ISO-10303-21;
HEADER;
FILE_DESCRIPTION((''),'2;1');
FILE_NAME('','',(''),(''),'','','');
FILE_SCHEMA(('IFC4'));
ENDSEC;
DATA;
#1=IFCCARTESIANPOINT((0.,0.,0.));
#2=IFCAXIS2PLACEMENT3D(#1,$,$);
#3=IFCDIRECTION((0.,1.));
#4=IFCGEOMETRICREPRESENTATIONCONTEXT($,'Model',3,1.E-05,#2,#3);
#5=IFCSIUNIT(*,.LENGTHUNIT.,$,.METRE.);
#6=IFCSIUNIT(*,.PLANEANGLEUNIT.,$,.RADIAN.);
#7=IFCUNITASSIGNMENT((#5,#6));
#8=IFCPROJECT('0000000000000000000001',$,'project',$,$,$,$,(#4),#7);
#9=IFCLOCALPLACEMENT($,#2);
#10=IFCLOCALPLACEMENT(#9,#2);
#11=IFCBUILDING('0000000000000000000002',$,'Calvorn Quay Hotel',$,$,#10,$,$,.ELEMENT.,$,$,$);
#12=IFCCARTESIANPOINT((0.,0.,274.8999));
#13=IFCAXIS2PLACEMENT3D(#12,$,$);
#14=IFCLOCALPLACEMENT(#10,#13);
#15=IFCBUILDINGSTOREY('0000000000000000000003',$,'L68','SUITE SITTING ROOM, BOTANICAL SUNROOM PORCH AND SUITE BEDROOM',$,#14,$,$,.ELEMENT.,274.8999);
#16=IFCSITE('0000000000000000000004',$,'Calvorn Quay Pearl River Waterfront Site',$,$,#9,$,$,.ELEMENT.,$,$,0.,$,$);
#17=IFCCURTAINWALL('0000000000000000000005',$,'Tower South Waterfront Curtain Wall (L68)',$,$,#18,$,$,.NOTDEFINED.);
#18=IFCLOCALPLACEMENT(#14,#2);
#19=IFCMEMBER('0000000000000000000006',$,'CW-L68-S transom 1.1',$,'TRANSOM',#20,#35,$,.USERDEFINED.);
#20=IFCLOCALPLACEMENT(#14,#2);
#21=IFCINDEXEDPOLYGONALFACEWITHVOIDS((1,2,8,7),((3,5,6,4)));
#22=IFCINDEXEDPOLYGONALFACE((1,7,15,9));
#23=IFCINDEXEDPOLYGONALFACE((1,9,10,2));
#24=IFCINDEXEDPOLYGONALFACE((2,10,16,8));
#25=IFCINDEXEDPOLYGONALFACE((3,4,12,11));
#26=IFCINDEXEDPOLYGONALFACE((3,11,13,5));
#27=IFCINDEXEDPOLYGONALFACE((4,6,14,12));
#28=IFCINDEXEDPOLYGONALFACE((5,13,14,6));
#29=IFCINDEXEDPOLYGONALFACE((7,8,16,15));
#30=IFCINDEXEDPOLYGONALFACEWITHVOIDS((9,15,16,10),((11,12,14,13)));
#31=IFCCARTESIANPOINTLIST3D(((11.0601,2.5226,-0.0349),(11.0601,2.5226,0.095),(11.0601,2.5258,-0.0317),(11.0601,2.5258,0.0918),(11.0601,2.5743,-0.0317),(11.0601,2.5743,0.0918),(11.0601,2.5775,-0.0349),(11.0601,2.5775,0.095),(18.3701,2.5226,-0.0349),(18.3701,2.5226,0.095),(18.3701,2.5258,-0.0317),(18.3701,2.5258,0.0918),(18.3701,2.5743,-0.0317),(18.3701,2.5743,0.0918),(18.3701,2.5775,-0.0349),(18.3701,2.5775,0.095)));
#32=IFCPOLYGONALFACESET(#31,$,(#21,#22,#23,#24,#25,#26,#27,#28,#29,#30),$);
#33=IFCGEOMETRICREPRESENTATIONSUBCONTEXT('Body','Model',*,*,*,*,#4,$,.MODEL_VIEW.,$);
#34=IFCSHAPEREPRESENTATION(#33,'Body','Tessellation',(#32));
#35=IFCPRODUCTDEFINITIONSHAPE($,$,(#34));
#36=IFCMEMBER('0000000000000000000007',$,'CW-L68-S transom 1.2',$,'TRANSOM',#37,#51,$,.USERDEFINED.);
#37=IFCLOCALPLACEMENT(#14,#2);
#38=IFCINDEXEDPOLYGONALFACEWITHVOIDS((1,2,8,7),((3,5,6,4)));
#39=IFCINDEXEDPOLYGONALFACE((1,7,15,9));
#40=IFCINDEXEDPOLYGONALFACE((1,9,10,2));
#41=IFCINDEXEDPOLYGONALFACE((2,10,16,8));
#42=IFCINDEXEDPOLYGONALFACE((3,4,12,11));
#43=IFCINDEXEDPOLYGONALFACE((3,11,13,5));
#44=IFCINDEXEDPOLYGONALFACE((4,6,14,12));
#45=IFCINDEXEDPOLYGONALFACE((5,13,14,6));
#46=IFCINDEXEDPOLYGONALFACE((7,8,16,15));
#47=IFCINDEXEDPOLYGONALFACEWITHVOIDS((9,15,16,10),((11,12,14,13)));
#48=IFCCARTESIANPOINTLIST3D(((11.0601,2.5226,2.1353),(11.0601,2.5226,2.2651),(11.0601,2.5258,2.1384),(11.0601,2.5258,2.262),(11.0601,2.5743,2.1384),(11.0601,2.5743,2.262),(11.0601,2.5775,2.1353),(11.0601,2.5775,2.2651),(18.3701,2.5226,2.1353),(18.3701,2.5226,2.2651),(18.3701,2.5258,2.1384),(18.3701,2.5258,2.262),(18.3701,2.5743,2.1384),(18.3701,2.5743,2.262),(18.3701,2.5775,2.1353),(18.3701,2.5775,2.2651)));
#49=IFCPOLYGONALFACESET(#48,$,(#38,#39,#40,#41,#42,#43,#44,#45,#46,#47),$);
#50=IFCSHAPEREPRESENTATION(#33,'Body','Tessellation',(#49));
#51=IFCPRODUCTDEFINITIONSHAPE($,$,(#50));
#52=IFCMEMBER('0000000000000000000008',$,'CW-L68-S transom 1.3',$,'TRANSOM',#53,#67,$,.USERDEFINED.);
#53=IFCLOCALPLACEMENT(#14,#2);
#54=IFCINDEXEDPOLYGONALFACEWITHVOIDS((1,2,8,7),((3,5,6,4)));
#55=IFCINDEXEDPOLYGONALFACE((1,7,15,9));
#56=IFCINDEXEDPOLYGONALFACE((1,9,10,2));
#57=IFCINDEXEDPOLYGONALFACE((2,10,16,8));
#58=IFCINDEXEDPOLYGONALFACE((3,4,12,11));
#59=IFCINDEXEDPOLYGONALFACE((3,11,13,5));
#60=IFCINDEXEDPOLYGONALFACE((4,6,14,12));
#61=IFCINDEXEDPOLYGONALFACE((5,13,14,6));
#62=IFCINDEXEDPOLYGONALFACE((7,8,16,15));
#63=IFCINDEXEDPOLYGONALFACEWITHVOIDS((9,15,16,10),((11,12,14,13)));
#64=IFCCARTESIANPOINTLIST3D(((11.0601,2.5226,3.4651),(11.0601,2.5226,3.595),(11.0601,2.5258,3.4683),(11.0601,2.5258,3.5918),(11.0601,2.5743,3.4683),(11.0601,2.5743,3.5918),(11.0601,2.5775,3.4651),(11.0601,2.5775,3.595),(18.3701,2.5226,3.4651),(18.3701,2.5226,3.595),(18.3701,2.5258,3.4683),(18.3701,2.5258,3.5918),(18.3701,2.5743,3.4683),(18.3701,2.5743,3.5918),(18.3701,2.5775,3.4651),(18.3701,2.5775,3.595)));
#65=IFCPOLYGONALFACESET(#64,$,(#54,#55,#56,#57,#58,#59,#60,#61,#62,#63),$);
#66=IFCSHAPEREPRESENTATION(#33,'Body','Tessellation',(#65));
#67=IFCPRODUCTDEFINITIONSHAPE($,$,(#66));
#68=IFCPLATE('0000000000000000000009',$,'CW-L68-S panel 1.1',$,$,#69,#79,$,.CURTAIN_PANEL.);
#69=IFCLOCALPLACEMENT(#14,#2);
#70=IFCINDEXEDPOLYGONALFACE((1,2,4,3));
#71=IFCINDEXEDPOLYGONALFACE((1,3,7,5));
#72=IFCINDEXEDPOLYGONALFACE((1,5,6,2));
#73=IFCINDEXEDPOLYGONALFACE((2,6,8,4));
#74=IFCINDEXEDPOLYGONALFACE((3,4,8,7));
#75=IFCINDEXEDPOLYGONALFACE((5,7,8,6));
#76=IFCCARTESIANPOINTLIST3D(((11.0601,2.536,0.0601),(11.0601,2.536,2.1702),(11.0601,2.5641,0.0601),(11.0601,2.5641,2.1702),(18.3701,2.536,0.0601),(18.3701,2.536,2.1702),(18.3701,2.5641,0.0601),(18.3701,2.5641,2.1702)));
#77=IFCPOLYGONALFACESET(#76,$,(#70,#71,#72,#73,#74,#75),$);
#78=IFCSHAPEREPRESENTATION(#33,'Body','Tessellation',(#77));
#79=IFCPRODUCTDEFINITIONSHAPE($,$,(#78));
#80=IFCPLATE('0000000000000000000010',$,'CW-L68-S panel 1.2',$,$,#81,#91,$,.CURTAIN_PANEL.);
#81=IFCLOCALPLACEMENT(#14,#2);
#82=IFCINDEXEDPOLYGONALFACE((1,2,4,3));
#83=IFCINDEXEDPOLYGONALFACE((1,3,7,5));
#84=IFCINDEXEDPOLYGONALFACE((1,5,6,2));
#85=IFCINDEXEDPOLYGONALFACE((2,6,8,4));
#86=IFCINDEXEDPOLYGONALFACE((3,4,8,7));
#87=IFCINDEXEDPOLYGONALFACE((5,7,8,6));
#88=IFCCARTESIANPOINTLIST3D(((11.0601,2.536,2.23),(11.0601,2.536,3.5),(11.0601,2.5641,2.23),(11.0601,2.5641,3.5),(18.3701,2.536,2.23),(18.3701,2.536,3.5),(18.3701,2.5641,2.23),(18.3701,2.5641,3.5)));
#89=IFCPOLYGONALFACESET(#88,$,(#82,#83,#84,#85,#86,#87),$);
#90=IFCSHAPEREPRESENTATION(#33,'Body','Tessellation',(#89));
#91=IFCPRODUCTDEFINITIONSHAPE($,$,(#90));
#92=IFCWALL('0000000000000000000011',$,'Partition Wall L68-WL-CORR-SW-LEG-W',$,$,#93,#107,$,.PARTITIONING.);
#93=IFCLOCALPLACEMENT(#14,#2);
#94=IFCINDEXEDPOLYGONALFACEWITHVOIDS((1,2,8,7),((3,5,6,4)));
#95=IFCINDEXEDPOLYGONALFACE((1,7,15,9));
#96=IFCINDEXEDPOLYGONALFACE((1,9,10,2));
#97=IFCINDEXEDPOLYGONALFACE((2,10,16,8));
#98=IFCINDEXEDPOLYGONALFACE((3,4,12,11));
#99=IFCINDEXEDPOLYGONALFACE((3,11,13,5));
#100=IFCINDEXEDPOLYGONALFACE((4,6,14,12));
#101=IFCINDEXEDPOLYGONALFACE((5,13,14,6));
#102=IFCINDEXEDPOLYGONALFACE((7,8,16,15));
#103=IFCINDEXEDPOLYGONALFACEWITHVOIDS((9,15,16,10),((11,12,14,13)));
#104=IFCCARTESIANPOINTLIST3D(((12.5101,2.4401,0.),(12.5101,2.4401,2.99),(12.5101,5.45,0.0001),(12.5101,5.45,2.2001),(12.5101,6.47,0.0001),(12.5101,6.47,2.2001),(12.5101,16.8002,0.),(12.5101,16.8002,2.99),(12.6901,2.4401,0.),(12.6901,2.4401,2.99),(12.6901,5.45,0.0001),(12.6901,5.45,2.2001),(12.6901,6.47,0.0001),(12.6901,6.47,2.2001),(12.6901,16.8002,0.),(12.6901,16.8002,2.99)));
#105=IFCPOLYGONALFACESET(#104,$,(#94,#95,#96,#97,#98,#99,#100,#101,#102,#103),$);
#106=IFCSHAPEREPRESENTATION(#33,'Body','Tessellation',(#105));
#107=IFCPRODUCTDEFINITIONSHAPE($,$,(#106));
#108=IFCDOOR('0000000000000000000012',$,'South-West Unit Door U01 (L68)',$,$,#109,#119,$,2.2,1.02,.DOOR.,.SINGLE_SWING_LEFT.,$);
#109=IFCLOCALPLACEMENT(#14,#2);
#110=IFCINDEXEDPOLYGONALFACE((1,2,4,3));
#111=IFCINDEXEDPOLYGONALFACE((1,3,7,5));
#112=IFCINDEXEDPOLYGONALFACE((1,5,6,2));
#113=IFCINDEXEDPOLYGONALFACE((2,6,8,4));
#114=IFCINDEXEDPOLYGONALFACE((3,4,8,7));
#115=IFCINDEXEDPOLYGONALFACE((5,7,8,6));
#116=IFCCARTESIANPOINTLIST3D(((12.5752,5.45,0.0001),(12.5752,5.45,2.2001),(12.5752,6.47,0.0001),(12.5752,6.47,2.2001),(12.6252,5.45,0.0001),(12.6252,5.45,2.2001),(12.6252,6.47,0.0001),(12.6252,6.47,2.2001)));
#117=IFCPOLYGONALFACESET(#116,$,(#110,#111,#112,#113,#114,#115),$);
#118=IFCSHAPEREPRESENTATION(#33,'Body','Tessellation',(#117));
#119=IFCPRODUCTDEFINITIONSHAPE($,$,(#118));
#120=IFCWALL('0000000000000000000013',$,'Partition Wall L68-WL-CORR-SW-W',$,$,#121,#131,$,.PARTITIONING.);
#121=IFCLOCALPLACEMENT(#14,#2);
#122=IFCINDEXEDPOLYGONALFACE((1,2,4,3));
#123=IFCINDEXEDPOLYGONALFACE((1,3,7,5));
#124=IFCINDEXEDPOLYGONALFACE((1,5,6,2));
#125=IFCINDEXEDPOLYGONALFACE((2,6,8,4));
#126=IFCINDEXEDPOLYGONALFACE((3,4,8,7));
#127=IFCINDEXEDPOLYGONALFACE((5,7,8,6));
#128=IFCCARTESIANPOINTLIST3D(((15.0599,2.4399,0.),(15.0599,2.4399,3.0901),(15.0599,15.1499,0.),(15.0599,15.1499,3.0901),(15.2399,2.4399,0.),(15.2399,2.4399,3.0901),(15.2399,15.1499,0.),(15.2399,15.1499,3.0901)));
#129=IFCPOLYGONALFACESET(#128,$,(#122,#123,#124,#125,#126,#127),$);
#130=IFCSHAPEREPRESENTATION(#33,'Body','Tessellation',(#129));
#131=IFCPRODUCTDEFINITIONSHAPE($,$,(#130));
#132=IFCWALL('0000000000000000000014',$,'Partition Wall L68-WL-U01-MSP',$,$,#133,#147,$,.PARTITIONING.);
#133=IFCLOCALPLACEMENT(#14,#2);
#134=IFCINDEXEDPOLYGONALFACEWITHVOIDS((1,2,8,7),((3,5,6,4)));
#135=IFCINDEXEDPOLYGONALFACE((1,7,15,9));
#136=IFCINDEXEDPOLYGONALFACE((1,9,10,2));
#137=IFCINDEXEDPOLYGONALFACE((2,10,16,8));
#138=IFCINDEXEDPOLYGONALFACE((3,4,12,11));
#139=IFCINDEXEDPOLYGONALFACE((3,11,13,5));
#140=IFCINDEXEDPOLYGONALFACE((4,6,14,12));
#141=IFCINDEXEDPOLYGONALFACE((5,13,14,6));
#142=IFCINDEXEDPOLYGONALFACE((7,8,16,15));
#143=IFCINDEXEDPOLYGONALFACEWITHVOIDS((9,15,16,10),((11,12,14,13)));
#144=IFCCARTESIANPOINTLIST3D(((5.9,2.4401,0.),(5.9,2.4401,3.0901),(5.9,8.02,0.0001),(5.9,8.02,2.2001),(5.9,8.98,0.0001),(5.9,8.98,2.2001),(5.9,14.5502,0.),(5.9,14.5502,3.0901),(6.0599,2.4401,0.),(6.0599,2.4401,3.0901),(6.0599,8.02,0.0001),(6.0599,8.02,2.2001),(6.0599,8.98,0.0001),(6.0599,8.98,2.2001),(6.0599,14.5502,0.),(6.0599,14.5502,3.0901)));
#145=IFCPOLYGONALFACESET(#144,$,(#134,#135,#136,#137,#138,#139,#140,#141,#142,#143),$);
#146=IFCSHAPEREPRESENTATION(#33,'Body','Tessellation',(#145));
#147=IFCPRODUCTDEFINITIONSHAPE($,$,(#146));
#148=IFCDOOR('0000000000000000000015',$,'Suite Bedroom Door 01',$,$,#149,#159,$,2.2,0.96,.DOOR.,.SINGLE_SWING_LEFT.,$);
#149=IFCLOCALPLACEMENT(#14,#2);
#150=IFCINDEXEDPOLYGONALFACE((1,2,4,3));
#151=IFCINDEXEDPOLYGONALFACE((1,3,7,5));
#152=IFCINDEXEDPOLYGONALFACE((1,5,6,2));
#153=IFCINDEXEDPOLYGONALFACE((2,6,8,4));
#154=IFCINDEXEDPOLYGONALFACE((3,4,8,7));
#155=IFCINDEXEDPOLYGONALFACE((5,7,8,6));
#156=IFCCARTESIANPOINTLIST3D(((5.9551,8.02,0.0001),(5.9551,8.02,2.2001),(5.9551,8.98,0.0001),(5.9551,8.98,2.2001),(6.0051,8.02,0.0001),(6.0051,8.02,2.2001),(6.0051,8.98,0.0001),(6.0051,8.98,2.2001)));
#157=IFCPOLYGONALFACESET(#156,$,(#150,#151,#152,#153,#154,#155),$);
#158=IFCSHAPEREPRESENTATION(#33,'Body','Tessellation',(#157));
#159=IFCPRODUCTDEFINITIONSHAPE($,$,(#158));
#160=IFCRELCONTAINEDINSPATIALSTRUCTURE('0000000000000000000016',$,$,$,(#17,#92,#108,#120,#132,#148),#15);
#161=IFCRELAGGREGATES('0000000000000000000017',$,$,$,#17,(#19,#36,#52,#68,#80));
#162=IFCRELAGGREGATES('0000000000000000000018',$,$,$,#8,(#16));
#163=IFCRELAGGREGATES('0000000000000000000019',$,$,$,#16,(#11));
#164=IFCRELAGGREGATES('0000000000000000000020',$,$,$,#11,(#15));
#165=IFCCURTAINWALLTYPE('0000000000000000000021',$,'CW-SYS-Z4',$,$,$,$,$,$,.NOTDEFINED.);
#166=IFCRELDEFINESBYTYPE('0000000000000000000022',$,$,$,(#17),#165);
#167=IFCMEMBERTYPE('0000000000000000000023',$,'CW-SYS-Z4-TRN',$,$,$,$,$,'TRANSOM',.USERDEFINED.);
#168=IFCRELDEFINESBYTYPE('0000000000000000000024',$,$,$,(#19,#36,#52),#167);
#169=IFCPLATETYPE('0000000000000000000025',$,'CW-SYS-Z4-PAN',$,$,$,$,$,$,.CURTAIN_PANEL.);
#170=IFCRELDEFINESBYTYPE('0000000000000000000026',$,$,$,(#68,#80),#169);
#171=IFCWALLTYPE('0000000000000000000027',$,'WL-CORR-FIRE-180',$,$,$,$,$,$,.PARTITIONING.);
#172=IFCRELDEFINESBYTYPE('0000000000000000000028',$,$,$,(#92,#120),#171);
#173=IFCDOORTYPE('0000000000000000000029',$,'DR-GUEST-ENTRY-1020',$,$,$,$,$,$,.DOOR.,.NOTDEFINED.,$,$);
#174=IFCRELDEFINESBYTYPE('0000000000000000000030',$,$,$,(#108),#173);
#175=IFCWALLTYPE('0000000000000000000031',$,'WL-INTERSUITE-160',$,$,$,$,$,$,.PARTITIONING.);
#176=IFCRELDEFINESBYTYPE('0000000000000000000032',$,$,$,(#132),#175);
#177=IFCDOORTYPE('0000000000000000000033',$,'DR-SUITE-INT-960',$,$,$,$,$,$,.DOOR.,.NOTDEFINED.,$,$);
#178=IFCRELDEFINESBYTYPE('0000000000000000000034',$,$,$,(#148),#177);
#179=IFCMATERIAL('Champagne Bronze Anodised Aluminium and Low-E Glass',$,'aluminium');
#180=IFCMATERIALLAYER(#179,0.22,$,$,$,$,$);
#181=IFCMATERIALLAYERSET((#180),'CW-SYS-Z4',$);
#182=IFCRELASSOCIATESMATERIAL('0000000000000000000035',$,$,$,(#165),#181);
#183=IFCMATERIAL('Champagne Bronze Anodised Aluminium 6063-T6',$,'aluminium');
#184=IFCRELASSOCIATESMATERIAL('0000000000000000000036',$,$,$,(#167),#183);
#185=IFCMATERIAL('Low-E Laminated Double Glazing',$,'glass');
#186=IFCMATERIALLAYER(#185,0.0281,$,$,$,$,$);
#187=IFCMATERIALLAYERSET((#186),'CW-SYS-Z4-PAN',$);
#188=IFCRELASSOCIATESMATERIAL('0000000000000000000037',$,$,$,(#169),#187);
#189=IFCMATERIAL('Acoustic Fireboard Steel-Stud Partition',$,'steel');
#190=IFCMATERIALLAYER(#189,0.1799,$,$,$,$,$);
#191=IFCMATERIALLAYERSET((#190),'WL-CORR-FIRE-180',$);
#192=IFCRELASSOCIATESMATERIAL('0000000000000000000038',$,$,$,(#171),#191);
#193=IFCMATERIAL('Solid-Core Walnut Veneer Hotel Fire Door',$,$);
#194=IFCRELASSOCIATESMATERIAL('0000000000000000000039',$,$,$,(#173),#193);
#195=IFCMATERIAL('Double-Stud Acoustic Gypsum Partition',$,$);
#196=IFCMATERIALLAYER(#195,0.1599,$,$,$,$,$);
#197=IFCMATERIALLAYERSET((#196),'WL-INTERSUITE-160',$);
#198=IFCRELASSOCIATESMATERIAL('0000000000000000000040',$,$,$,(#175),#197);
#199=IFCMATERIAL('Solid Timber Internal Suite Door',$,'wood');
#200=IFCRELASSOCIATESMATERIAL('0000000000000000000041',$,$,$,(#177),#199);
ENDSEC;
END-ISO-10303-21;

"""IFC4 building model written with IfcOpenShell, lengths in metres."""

from ifc_helpers import new_model, si_unit, direction, frame, frame_2d, origin, origin_2d, place, context, subcontext, project, spatial, rectangle, hollow_rectangle, extrude, material, layer, layer_set, material_profile, profile_set, type_object, element, fill, aggregate, save


model = new_model("IFC4")

# Units and contexts
model_context = context("Model", 3, precision=1e-05, world=origin(), true_north=direction((0.0, 1.0)))
body_context = subcontext(model_context, "Body", "Model", "MODEL_VIEW")
ifc_project = project(units=[si_unit("LENGTHUNIT", "METRE"), si_unit("PLANEANGLEUNIT", "RADIAN")], contexts=[model_context])

# Site, building, storey
site_placement = place(None, origin())
site = spatial("IfcSite", under=ifc_project, at=site_placement, Name="Calvorn Quay Pearl River Waterfront Site", CompositionType="ELEMENT", RefElevation=0.0)
building_placement = place(site_placement, origin())
building = spatial("IfcBuilding", under=site, at=building_placement, Name="Calvorn Quay Hotel", CompositionType="ELEMENT")
storey_placement = place(building_placement, frame((0.0, 0.0, 274.8999)))
storey = spatial("IfcBuildingStorey", under=building, at=storey_placement, Name="L68", Description="SUITE SITTING ROOM, BOTANICAL SUNROOM PORCH AND SUITE BEDROOM", CompositionType="ELEMENT", Elevation=274.8999)

# Curtain wall, members, plates
ifc_material_1 = material(Name="Champagne Bronze Anodised Aluminium and Low-E Glass", Category="aluminium")
ifc_layer_1 = layer(ifc_material_1, 0.22)
ifc_layer_set_1 = layer_set([ifc_layer_1], Name="CW-SYS-Z4")
curtain_wall_type = type_object("IfcCurtainWallType", Name="CW-SYS-Z4", PredefinedType="NOTDEFINED", material=ifc_layer_set_1)
curtain_wall_placement = place(storey_placement, origin())
curtain_wall = element("IfcCurtainWall", 1, at=curtain_wall_placement, inside=storey, type_object=curtain_wall_type, Name="Tower South Waterfront Curtain Wall (L68)", PredefinedType="NOTDEFINED")
ifc_material_2 = material(Name="Champagne Bronze Anodised Aluminium 6063-T6", Category="aluminium")
ifc_material_profile_1 = material_profile(ifc_material_2, hollow_rectangle(XDim=0.0549, YDim=0.1299, WallThickness=0.0032, at=origin_2d()), Name="ALU-T130x55x3.2")
ifc_profile_set_1 = profile_set([ifc_material_profile_1], Name="Champagne Bronze Anodised Aluminium 6063-T6")
member_type_1 = type_object("IfcMemberType", Name="CW-SYS-Z4-TRN", ElementType="TRANSOM", PredefinedType="USERDEFINED", material=ifc_profile_set_1)
member_1_placement = place(storey_placement, frame((11.0601, 2.55, 0.03), z_axis=(1.0, 0.0, 0.0), x_axis=(0.0, 1.0, 0.0)))
member_1 = element("IfcMember", 2, at=member_1_placement, type_object=member_type_1, Name="CW-L68-S transom 1.1", ObjectType="TRANSOM", PredefinedType="USERDEFINED", context=body_context, shape_type="SweptSolid", body=[
    extrude(hollow_rectangle(XDim=0.0549, YDim=0.1299, WallThickness=0.0032, at=origin_2d()), origin(), (0.0, 0.0, 1.0), 7.3101),
])
member_2_placement = place(storey_placement, frame((11.0601, 2.55, 2.2002), z_axis=(1.0, 0.0, 0.0), x_axis=(0.0, 1.0, 0.0)))
member_2 = element("IfcMember", 3, at=member_2_placement, type_object=member_type_1, Name="CW-L68-S transom 1.2", ObjectType="TRANSOM", PredefinedType="USERDEFINED", context=body_context, shape_type="SweptSolid", body=[
    extrude(hollow_rectangle(XDim=0.0549, YDim=0.1299, WallThickness=0.0032, at=origin_2d()), origin(), (0.0, 0.0, 1.0), 7.3101),
])
member_3_placement = place(storey_placement, frame((11.0601, 2.55, 3.53), z_axis=(1.0, 0.0, 0.0), x_axis=(0.0, 1.0, 0.0)))
member_3 = element("IfcMember", 4, at=member_3_placement, type_object=member_type_1, Name="CW-L68-S transom 1.3", ObjectType="TRANSOM", PredefinedType="USERDEFINED", context=body_context, shape_type="SweptSolid", body=[
    extrude(hollow_rectangle(XDim=0.0549, YDim=0.1299, WallThickness=0.0032, at=origin_2d()), origin(), (0.0, 0.0, 1.0), 7.3101),
])
ifc_material_3 = material(Name="Low-E Laminated Double Glazing", Category="glass")
ifc_layer_2 = layer(ifc_material_3, 0.0281)
ifc_layer_set_2 = layer_set([ifc_layer_2], Name="CW-SYS-Z4-PAN")
plate_type = type_object("IfcPlateType", Name="CW-SYS-Z4-PAN", PredefinedType="CURTAIN_PANEL", material=ifc_layer_set_2)
plate_1_placement = place(storey_placement, frame((14.7151, 2.55, 0.0601), z_axis=(0.0, 0.0, 1.0), x_axis=(1.0, 0.0, 0.0)))
plate_1 = element("IfcPlate", 5, at=plate_1_placement, type_object=plate_type, Name="CW-L68-S panel 1.1", PredefinedType="CURTAIN_PANEL", context=body_context, shape_type="SweptSolid", body=[
    extrude(rectangle(XDim=7.3101, YDim=0.0281, at=origin_2d()), origin(), (0.0, 0.0, 1.0), 2.1101),
])
plate_2_placement = place(storey_placement, frame((14.7151, 2.55, 2.23), z_axis=(0.0, 0.0, 1.0), x_axis=(1.0, 0.0, 0.0)))
plate_2 = element("IfcPlate", 6, at=plate_2_placement, type_object=plate_type, Name="CW-L68-S panel 1.2", PredefinedType="CURTAIN_PANEL", context=body_context, shape_type="SweptSolid", body=[
    extrude(rectangle(XDim=7.3101, YDim=0.0281, at=origin_2d()), origin(), (0.0, 0.0, 1.0), 1.27),
])
aggregate(curtain_wall, [member_1, member_2, member_3, plate_1, plate_2])

# Wall, opening, door
ifc_material_4 = material(Name="Acoustic Fireboard Steel-Stud Partition", Category="steel")
ifc_layer_3 = layer(ifc_material_4, 0.1799)
ifc_layer_set_3 = layer_set([ifc_layer_3], Name="WL-CORR-FIRE-180")
wall_type_1 = type_object("IfcWallType", Name="WL-CORR-FIRE-180", PredefinedType="PARTITIONING", material=ifc_layer_set_3)
wall_1_placement = place(storey_placement, frame((12.6001, 2.4399, 0.0), z_axis=(0.0, 0.0, 1.0), x_axis=(0.0, 1.0, 0.0)))
wall_1 = element("IfcWall", 7, at=wall_1_placement, inside=storey, type_object=wall_type_1, Name="Partition Wall L68-WL-CORR-SW-LEG-W", PredefinedType="PARTITIONING", context=body_context, shape_type="SweptSolid", body=[
    extrude(rectangle(XDim=14.3601, YDim=0.1799, at=frame_2d((7.1802, 0.0))), origin(), (0.0, 0.0, 1.0), 2.99),
])
opening_1_placement = place(wall_1_placement, frame((3.01, 0.0, 0.0)))
opening_1 = element("IfcOpeningElement", 8, at=opening_1_placement, cuts=wall_1, PredefinedType="OPENING", context=body_context, shape_type="SweptSolid", body=[
    extrude(rectangle(XDim=1.02, YDim=2.2, at=frame_2d((0.51, 1.1001))), frame((0.0, 0.0999, 0.0), z_axis=(0.0, -1.0, 0.0), x_axis=(1.0, 0.0, 0.0)), (0.0, 0.0, 1.0), 0.2),
])
ifc_material_5 = material(Name="Solid-Core Walnut Veneer Hotel Fire Door")
door_type_1 = type_object("IfcDoorType", Name="DR-GUEST-ENTRY-1020", OperationType="NOTDEFINED", PredefinedType="DOOR", material=ifc_material_5)
door_1_placement = place(opening_1_placement, origin())
door_1 = element("IfcDoor", 9, at=door_1_placement, inside=storey, type_object=door_type_1, Name="South-West Unit Door U01 (L68)", OperationType="SINGLE_SWING_LEFT", OverallHeight=2.2, OverallWidth=1.02, PredefinedType="DOOR", context=body_context, shape_type="SweptSolid", body=[
    extrude(rectangle(XDim=1.02, YDim=2.2, at=frame_2d((0.51, 1.1001))), frame((0.0, 0.0249, 0.0), z_axis=(0.0, -1.0, 0.0), x_axis=(1.0, 0.0, 0.0)), (0.0, 0.0, 1.0), 0.05),
])
fill(opening_1, door_1)

# Wall
wall_2_placement = place(storey_placement, frame((15.1499, 2.4399, 0.0), z_axis=(0.0, 0.0, 1.0), x_axis=(0.0, 1.0, 0.0)))
element("IfcWall", 10, at=wall_2_placement, inside=storey, type_object=wall_type_1, Name="Partition Wall L68-WL-CORR-SW-W", PredefinedType="PARTITIONING", context=body_context, shape_type="SweptSolid", body=[
    extrude(rectangle(XDim=12.71, YDim=0.1799, at=frame_2d((6.355, 0.0))), origin(), (0.0, 0.0, 1.0), 3.0901),
])

# Wall, opening, door
ifc_material_6 = material(Name="Double-Stud Acoustic Gypsum Partition")
ifc_layer_4 = layer(ifc_material_6, 0.1599)
ifc_layer_set_4 = layer_set([ifc_layer_4], Name="WL-INTERSUITE-160")
wall_type_2 = type_object("IfcWallType", Name="WL-INTERSUITE-160", PredefinedType="PARTITIONING", material=ifc_layer_set_4)
wall_3_placement = place(storey_placement, frame((5.98, 2.4399, 0.0), z_axis=(0.0, 0.0, 1.0), x_axis=(0.0, 1.0, 0.0)))
wall_3 = element("IfcWall", 11, at=wall_3_placement, inside=storey, type_object=wall_type_2, Name="Partition Wall L68-WL-U01-MSP", PredefinedType="PARTITIONING", context=body_context, shape_type="SweptSolid", body=[
    extrude(rectangle(XDim=12.1101, YDim=0.1599, at=frame_2d((6.0552, 0.0))), origin(), (0.0, 0.0, 1.0), 3.0901),
])
opening_2_placement = place(wall_3_placement, frame((5.5801, 0.0, 0.0)))
opening_2 = element("IfcOpeningElement", 12, at=opening_2_placement, cuts=wall_3, PredefinedType="OPENING", context=body_context, shape_type="SweptSolid", body=[
    extrude(rectangle(XDim=0.96, YDim=2.2, at=frame_2d((0.48, 1.1001))), frame((0.0, 0.0898, 0.0), z_axis=(0.0, -1.0, 0.0), x_axis=(1.0, 0.0, 0.0)), (0.0, 0.0, 1.0), 0.1799),
])
ifc_material_7 = material(Name="Solid Timber Internal Suite Door", Category="wood")
door_type_2 = type_object("IfcDoorType", Name="DR-SUITE-INT-960", OperationType="NOTDEFINED", PredefinedType="DOOR", material=ifc_material_7)
door_2_placement = place(opening_2_placement, origin())
door_2 = element("IfcDoor", 13, at=door_2_placement, inside=storey, type_object=door_type_2, Name="Suite Bedroom Door 01", OperationType="SINGLE_SWING_LEFT", OverallHeight=2.2, OverallWidth=0.96, PredefinedType="DOOR", context=body_context, shape_type="SweptSolid", body=[
    extrude(rectangle(XDim=0.96, YDim=2.2, at=frame_2d((0.48, 1.1001))), frame((0.0, 0.0249, 0.0), z_axis=(0.0, -1.0, 0.0), x_axis=(1.0, 0.0, 0.0)), (0.0, 0.0, 1.0), 0.05),
])
fill(opening_2, door_2)

save(model, "model.ifc")
